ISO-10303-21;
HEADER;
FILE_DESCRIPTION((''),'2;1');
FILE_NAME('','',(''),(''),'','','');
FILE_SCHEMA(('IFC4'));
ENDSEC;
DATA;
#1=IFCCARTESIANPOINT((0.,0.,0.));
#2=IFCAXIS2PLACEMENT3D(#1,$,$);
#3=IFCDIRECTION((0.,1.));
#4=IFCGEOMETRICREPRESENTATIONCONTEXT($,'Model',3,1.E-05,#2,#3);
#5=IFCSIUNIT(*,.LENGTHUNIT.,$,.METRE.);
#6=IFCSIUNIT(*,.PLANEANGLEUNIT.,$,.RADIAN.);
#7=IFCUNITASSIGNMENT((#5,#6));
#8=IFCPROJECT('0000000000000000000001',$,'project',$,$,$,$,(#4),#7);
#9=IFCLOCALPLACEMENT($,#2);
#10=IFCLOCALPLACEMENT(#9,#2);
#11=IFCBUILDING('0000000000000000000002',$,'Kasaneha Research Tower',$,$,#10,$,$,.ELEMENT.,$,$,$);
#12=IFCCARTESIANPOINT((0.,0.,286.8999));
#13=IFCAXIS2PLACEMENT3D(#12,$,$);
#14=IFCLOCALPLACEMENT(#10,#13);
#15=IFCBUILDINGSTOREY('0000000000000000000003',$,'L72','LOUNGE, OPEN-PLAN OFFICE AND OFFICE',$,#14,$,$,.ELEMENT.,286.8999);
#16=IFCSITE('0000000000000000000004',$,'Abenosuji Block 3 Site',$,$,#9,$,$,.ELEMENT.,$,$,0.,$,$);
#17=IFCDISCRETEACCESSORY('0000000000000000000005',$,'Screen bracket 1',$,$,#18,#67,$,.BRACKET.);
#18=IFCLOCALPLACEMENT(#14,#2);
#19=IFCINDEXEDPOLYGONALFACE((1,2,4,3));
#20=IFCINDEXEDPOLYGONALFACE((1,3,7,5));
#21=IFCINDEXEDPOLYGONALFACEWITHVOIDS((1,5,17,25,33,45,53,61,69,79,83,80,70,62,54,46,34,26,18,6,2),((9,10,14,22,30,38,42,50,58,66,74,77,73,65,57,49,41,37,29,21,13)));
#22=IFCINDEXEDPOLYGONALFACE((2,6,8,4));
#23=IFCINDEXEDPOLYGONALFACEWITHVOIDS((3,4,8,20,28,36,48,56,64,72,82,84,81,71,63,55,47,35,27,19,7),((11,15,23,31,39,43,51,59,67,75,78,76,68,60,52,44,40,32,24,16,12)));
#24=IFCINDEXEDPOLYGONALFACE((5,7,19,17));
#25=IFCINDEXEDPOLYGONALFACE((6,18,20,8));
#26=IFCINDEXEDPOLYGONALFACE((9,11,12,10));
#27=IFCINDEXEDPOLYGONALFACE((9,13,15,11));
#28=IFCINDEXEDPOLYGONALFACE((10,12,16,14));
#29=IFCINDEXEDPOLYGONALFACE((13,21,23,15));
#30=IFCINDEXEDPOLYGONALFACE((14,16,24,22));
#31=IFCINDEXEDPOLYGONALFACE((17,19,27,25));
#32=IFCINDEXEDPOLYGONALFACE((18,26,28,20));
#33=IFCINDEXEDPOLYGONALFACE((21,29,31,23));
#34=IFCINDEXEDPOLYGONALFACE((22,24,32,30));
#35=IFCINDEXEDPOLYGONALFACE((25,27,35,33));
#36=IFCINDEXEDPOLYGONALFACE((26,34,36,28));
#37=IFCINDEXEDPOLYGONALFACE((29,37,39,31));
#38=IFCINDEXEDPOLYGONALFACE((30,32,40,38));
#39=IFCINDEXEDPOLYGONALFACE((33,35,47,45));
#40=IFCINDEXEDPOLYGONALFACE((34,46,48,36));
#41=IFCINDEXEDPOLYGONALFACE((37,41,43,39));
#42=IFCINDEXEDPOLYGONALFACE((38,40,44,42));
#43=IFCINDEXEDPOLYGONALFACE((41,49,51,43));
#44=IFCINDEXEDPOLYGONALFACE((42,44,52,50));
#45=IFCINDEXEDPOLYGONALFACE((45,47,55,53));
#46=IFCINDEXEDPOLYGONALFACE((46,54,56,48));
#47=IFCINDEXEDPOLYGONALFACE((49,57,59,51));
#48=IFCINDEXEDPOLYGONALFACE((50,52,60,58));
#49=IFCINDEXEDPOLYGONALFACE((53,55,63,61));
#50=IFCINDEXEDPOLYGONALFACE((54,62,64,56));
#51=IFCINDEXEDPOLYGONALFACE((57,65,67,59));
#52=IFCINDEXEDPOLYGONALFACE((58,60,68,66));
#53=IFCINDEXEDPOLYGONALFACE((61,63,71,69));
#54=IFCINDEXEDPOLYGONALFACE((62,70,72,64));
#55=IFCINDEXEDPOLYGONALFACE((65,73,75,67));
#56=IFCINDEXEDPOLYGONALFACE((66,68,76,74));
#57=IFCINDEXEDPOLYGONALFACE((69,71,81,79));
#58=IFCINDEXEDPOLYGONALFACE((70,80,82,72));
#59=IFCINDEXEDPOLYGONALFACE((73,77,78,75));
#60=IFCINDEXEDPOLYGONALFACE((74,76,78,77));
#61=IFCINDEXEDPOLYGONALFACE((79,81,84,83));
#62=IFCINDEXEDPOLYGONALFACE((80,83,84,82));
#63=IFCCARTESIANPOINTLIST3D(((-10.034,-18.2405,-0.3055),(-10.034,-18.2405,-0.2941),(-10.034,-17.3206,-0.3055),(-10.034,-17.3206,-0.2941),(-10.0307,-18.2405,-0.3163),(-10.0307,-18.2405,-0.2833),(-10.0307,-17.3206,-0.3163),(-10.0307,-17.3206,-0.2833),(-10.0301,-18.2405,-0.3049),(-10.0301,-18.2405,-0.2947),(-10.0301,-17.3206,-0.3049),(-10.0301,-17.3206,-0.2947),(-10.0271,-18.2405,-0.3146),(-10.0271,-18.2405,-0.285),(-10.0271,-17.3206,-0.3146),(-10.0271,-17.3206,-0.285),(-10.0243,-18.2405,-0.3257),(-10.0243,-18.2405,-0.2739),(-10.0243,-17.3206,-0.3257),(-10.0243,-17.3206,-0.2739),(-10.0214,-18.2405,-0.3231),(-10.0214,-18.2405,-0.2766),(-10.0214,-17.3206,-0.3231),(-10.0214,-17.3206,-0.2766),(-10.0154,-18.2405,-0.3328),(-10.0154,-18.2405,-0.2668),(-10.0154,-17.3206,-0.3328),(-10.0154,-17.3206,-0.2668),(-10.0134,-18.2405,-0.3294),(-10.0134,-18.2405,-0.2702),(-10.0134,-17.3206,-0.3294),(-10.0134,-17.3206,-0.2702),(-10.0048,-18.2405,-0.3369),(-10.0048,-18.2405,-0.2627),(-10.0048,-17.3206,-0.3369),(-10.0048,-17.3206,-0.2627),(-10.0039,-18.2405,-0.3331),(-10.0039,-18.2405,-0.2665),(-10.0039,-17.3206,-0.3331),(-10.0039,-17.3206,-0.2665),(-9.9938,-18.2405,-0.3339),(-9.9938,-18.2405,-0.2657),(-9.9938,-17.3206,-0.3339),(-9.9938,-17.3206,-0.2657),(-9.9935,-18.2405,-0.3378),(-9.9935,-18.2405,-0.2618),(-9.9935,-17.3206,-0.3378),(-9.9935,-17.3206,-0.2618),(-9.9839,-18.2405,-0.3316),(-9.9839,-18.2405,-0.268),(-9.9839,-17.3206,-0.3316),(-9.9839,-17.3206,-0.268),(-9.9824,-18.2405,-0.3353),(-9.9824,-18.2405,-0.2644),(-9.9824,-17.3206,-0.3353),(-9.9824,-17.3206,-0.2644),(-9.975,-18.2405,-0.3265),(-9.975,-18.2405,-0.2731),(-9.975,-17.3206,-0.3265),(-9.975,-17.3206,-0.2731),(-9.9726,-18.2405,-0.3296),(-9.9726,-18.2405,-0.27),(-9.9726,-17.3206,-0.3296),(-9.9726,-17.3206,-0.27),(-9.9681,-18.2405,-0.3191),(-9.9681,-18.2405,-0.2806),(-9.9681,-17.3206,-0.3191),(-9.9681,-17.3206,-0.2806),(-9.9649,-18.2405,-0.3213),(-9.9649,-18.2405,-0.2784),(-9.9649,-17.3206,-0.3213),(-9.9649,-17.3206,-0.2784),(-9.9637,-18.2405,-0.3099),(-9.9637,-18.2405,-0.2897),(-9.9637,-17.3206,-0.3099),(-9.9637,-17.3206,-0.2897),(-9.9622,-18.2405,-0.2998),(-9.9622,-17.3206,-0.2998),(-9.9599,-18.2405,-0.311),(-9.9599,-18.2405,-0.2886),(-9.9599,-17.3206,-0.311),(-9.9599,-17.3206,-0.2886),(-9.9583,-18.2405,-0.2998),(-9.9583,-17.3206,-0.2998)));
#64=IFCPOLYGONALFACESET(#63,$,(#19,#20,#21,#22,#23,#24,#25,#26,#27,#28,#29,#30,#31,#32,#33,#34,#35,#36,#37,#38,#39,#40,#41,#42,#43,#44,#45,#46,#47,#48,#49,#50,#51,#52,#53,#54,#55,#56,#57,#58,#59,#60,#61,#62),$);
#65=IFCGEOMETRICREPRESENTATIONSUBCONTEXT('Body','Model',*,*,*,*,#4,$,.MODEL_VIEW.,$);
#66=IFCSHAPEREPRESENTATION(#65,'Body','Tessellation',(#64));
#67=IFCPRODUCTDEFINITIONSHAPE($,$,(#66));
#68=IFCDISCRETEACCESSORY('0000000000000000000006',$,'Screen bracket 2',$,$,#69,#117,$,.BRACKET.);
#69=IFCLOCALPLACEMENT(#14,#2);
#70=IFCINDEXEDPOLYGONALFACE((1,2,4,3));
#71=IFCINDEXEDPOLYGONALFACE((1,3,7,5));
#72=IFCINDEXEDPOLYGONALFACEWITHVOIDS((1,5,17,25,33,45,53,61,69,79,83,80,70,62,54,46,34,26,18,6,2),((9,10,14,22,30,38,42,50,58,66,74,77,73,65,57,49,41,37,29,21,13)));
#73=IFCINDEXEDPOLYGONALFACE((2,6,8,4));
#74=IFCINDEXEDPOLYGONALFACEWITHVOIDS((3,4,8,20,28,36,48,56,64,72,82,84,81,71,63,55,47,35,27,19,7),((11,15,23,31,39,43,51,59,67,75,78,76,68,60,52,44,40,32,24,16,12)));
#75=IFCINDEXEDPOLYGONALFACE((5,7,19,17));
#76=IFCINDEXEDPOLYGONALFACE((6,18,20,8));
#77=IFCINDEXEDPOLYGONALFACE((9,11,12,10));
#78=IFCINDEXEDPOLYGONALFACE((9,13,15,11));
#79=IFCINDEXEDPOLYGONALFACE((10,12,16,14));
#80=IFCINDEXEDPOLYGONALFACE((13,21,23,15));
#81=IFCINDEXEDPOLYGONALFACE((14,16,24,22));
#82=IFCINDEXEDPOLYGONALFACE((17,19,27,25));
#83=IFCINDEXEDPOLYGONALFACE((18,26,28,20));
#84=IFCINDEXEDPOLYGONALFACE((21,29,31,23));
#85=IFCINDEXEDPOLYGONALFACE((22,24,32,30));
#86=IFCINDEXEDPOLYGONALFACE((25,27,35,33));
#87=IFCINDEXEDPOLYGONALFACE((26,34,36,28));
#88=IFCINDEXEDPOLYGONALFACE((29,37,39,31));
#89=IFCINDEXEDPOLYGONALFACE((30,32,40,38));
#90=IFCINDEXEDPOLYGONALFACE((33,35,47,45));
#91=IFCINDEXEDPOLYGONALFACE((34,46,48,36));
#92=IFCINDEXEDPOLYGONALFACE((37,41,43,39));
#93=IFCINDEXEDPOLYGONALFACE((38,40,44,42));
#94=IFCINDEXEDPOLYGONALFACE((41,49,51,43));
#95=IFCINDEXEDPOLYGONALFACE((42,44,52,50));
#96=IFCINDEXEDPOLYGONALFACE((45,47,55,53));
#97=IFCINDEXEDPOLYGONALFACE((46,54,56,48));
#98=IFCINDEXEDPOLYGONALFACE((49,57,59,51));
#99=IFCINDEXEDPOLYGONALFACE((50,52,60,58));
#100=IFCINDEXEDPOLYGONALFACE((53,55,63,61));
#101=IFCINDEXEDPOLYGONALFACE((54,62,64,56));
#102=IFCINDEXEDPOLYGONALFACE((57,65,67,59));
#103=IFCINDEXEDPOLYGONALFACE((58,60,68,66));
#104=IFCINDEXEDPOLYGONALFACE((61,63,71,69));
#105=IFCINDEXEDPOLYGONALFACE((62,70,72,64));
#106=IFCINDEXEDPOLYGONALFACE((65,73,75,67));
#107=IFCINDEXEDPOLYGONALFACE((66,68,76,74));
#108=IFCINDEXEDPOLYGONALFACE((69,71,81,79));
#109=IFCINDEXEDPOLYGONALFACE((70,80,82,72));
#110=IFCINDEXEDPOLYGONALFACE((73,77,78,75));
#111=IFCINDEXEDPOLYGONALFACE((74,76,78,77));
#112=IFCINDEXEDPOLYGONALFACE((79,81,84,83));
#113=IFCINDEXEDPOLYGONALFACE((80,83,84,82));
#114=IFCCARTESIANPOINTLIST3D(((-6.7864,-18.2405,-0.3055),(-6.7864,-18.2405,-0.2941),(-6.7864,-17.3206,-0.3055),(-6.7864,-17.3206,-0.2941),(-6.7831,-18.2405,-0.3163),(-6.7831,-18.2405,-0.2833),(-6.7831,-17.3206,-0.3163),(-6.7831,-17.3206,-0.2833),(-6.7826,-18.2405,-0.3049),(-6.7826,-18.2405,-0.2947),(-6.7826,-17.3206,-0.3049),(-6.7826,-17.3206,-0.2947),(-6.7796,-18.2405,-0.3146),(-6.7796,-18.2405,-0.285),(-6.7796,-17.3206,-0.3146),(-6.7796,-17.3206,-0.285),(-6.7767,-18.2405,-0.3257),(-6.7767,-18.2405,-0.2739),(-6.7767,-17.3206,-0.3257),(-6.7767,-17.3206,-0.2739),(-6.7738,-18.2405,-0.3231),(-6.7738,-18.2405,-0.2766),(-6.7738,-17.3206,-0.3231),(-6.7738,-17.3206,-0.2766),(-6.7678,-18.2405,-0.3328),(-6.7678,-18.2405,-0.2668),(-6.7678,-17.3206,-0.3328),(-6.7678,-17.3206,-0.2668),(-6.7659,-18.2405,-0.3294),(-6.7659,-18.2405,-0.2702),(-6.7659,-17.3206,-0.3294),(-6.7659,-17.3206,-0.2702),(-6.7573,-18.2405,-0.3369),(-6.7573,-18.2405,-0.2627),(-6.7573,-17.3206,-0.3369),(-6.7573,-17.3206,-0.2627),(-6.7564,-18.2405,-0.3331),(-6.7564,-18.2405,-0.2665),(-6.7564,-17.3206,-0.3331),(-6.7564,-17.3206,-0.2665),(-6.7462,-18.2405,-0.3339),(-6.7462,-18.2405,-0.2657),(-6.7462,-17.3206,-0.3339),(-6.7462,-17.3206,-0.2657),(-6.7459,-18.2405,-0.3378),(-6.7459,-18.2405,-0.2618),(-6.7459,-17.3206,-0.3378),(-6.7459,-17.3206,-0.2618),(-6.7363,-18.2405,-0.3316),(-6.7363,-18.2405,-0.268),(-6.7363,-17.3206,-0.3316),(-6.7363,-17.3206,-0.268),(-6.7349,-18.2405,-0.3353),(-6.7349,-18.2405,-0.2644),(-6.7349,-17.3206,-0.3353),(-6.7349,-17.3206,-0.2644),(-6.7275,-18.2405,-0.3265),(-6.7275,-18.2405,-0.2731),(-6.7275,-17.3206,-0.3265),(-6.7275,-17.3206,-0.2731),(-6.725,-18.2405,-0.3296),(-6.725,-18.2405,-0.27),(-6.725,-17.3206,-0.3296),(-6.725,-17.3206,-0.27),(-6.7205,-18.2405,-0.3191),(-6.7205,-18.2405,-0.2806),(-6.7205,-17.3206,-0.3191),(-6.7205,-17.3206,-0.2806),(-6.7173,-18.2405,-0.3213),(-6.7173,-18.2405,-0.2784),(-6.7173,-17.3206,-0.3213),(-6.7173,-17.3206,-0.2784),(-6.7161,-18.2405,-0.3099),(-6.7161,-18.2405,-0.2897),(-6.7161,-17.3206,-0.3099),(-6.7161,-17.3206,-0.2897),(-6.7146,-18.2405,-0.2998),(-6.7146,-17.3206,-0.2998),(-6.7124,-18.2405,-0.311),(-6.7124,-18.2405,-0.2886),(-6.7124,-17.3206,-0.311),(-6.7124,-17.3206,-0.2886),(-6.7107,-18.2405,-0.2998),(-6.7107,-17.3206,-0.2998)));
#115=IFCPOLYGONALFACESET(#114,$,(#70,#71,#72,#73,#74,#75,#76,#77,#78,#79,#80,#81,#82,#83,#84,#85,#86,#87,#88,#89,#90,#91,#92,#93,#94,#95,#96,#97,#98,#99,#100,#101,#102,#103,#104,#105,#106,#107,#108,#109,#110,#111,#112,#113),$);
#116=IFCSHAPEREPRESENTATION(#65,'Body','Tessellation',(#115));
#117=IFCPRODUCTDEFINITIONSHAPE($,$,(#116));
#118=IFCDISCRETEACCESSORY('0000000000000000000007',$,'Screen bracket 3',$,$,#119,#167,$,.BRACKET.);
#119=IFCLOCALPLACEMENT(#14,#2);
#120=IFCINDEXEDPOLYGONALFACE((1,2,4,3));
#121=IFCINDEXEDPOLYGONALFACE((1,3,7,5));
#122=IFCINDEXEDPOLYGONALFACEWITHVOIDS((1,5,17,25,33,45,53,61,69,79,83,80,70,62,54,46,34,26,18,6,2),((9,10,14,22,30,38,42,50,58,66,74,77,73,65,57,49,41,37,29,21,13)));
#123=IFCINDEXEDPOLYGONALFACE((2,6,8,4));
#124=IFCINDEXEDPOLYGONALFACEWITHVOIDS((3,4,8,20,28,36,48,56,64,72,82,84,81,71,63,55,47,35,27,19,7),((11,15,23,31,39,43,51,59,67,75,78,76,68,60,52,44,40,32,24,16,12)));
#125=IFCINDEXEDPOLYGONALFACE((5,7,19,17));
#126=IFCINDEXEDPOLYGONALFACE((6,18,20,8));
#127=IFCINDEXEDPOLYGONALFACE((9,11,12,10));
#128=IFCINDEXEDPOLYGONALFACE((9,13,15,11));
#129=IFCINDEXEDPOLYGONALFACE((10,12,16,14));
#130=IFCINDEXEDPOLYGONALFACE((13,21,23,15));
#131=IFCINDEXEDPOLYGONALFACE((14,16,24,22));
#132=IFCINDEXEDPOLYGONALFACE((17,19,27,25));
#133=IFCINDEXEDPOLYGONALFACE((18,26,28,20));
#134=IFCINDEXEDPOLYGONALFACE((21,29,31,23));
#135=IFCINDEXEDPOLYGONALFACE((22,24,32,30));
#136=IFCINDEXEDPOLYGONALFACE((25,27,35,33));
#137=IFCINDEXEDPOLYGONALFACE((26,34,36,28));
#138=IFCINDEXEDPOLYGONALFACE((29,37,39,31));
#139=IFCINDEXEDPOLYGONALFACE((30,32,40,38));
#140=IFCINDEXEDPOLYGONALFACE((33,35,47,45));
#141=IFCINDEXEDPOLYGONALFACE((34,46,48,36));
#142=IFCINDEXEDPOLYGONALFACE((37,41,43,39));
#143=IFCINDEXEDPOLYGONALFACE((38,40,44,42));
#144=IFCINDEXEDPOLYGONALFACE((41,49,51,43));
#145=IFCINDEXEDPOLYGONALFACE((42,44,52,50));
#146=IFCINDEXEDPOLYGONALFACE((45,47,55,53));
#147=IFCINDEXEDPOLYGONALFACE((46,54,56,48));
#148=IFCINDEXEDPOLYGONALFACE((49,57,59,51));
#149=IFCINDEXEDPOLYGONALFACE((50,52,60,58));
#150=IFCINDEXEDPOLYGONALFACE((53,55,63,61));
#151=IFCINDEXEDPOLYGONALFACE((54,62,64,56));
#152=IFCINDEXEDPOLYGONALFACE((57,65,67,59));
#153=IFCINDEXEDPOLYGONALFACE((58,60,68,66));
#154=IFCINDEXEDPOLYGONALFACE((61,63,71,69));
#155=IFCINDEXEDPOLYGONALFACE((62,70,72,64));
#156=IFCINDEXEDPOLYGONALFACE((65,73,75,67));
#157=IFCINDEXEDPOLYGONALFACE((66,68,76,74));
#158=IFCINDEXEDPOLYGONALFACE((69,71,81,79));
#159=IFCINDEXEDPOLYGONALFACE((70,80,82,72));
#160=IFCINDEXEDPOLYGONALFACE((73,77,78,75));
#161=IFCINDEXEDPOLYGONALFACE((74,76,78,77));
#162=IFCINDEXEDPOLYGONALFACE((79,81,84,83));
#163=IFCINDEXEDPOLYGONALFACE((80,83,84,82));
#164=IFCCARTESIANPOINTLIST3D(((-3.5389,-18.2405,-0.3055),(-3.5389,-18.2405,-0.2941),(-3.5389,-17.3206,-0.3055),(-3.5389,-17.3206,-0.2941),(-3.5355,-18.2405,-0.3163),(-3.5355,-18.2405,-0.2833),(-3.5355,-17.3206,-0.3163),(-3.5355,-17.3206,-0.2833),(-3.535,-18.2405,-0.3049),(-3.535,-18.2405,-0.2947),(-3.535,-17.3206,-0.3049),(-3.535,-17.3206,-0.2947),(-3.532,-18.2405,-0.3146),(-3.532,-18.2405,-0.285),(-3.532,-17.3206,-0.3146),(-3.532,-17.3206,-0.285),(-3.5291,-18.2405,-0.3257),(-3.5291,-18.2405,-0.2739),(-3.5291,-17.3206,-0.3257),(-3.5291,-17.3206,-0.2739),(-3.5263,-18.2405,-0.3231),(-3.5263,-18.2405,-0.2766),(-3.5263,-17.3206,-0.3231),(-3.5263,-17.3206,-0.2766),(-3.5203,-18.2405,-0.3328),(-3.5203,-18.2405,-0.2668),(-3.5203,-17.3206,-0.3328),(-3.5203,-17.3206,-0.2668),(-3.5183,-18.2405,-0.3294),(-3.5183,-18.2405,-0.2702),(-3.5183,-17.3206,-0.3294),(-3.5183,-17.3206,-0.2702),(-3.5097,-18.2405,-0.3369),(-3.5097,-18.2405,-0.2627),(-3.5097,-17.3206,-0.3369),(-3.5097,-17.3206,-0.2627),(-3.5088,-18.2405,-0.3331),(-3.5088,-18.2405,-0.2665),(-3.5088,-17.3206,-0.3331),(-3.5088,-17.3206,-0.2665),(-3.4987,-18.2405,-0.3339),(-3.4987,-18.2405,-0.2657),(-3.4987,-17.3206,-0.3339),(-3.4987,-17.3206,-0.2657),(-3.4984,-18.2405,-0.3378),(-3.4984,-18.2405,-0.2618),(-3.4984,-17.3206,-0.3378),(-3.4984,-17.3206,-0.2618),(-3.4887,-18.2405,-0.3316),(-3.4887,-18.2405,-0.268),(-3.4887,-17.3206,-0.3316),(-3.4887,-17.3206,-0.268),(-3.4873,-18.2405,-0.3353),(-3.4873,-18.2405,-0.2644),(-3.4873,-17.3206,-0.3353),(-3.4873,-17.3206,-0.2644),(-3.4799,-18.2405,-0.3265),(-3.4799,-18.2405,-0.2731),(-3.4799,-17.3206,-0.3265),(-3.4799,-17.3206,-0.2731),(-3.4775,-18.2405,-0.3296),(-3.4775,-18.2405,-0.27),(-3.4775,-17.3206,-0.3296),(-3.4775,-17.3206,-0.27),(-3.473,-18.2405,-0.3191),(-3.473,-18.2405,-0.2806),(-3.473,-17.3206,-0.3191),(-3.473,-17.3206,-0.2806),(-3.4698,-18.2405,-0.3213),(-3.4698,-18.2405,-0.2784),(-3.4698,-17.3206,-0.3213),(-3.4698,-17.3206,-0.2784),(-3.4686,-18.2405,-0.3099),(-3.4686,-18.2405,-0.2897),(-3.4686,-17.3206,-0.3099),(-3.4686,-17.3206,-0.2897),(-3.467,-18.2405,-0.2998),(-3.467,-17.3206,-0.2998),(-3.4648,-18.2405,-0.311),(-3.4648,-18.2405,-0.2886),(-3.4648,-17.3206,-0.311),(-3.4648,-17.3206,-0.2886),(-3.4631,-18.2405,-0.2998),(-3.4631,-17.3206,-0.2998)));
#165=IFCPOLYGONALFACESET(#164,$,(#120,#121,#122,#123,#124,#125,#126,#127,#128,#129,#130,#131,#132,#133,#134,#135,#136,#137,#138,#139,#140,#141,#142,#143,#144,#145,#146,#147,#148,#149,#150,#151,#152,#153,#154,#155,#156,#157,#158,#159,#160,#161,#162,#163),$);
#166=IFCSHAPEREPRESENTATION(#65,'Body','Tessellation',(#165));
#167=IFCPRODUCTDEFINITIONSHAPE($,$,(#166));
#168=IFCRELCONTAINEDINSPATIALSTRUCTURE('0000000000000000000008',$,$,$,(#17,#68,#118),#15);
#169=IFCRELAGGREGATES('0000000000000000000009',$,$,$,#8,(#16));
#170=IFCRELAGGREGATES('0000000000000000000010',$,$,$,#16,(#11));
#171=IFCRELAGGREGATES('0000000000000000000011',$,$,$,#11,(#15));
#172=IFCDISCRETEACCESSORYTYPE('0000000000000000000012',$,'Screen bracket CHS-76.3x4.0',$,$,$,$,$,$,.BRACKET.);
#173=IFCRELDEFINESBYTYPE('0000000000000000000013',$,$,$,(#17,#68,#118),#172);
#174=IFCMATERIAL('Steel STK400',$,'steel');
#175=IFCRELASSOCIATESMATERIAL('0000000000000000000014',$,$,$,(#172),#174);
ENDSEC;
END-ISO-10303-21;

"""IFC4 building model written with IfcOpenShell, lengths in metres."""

from ifc_helpers import new_model, si_unit, direction, frame, origin, origin_2d, place, context, subcontext, project, spatial, hollow_circle, extrude, material, material_profile, profile_set, type_object, element, save


model = new_model("IFC4")

# Units and contexts
model_context = context("Model", 3, precision=1e-05, world=origin(), true_north=direction((0.0, 1.0)))
body_context = subcontext(model_context, "Body", "Model", "MODEL_VIEW")
ifc_project = project(units=[si_unit("LENGTHUNIT", "METRE"), si_unit("PLANEANGLEUNIT", "RADIAN")], contexts=[model_context])

# Site, building, storey
site_placement = place(None, origin())
site = spatial("IfcSite", under=ifc_project, at=site_placement, Name="Abenosuji Block 3 Site", CompositionType="ELEMENT", RefElevation=0.0)
building_placement = place(site_placement, origin())
building = spatial("IfcBuilding", under=site, at=building_placement, Name="Kasaneha Research Tower", CompositionType="ELEMENT")
storey_placement = place(building_placement, frame((0.0, 0.0, 286.8999)))
storey = spatial("IfcBuildingStorey", under=building, at=storey_placement, Name="L72", Description="LOUNGE, OPEN-PLAN OFFICE AND OFFICE", CompositionType="ELEMENT", Elevation=286.8999)

# Discrete accessories
ifc_material_1 = material(Name="Steel STK400", Category="steel")
ifc_material_profile_1 = material_profile(ifc_material_1, hollow_circle(Radius=0.0381, WallThickness=0.0039, at=origin_2d()), Name="CHS-76.3x4.0")
ifc_profile_set_1 = profile_set([ifc_material_profile_1], Name="Steel STK400")
discrete_accessory_type = type_object("IfcDiscreteAccessoryType", Name="Screen bracket CHS-76.3x4.0", PredefinedType="BRACKET", material=ifc_profile_set_1)
for number, where, z_axis, x_axis, name in (
    (1, (-9.9963, -17.3206, -0.2998), (0.0, -1.0, 0.0), (1.0, 0.0, 0.0), "Screen bracket 1"),
    (2, (-6.7488, -17.3206, -0.2998), (0.0, -1.0, 0.0), (1.0, 0.0, 0.0), "Screen bracket 2"),
    (3, (-3.5012, -17.3206, -0.2998), (0.0, -1.0, 0.0), (1.0, 0.0, 0.0), "Screen bracket 3"),
):
    element("IfcDiscreteAccessory", number, at=place(storey_placement, frame(where, z_axis=z_axis, x_axis=x_axis)), inside=storey, type_object=discrete_accessory_type, Name=name, PredefinedType="BRACKET", context=body_context, shape_type="SweptSolid", body=[
        extrude(hollow_circle(Radius=0.0381, WallThickness=0.0039, at=origin_2d()), origin(), (0.0, 0.0, 1.0), 0.9199),
    ])

save(model, "model.ifc")
